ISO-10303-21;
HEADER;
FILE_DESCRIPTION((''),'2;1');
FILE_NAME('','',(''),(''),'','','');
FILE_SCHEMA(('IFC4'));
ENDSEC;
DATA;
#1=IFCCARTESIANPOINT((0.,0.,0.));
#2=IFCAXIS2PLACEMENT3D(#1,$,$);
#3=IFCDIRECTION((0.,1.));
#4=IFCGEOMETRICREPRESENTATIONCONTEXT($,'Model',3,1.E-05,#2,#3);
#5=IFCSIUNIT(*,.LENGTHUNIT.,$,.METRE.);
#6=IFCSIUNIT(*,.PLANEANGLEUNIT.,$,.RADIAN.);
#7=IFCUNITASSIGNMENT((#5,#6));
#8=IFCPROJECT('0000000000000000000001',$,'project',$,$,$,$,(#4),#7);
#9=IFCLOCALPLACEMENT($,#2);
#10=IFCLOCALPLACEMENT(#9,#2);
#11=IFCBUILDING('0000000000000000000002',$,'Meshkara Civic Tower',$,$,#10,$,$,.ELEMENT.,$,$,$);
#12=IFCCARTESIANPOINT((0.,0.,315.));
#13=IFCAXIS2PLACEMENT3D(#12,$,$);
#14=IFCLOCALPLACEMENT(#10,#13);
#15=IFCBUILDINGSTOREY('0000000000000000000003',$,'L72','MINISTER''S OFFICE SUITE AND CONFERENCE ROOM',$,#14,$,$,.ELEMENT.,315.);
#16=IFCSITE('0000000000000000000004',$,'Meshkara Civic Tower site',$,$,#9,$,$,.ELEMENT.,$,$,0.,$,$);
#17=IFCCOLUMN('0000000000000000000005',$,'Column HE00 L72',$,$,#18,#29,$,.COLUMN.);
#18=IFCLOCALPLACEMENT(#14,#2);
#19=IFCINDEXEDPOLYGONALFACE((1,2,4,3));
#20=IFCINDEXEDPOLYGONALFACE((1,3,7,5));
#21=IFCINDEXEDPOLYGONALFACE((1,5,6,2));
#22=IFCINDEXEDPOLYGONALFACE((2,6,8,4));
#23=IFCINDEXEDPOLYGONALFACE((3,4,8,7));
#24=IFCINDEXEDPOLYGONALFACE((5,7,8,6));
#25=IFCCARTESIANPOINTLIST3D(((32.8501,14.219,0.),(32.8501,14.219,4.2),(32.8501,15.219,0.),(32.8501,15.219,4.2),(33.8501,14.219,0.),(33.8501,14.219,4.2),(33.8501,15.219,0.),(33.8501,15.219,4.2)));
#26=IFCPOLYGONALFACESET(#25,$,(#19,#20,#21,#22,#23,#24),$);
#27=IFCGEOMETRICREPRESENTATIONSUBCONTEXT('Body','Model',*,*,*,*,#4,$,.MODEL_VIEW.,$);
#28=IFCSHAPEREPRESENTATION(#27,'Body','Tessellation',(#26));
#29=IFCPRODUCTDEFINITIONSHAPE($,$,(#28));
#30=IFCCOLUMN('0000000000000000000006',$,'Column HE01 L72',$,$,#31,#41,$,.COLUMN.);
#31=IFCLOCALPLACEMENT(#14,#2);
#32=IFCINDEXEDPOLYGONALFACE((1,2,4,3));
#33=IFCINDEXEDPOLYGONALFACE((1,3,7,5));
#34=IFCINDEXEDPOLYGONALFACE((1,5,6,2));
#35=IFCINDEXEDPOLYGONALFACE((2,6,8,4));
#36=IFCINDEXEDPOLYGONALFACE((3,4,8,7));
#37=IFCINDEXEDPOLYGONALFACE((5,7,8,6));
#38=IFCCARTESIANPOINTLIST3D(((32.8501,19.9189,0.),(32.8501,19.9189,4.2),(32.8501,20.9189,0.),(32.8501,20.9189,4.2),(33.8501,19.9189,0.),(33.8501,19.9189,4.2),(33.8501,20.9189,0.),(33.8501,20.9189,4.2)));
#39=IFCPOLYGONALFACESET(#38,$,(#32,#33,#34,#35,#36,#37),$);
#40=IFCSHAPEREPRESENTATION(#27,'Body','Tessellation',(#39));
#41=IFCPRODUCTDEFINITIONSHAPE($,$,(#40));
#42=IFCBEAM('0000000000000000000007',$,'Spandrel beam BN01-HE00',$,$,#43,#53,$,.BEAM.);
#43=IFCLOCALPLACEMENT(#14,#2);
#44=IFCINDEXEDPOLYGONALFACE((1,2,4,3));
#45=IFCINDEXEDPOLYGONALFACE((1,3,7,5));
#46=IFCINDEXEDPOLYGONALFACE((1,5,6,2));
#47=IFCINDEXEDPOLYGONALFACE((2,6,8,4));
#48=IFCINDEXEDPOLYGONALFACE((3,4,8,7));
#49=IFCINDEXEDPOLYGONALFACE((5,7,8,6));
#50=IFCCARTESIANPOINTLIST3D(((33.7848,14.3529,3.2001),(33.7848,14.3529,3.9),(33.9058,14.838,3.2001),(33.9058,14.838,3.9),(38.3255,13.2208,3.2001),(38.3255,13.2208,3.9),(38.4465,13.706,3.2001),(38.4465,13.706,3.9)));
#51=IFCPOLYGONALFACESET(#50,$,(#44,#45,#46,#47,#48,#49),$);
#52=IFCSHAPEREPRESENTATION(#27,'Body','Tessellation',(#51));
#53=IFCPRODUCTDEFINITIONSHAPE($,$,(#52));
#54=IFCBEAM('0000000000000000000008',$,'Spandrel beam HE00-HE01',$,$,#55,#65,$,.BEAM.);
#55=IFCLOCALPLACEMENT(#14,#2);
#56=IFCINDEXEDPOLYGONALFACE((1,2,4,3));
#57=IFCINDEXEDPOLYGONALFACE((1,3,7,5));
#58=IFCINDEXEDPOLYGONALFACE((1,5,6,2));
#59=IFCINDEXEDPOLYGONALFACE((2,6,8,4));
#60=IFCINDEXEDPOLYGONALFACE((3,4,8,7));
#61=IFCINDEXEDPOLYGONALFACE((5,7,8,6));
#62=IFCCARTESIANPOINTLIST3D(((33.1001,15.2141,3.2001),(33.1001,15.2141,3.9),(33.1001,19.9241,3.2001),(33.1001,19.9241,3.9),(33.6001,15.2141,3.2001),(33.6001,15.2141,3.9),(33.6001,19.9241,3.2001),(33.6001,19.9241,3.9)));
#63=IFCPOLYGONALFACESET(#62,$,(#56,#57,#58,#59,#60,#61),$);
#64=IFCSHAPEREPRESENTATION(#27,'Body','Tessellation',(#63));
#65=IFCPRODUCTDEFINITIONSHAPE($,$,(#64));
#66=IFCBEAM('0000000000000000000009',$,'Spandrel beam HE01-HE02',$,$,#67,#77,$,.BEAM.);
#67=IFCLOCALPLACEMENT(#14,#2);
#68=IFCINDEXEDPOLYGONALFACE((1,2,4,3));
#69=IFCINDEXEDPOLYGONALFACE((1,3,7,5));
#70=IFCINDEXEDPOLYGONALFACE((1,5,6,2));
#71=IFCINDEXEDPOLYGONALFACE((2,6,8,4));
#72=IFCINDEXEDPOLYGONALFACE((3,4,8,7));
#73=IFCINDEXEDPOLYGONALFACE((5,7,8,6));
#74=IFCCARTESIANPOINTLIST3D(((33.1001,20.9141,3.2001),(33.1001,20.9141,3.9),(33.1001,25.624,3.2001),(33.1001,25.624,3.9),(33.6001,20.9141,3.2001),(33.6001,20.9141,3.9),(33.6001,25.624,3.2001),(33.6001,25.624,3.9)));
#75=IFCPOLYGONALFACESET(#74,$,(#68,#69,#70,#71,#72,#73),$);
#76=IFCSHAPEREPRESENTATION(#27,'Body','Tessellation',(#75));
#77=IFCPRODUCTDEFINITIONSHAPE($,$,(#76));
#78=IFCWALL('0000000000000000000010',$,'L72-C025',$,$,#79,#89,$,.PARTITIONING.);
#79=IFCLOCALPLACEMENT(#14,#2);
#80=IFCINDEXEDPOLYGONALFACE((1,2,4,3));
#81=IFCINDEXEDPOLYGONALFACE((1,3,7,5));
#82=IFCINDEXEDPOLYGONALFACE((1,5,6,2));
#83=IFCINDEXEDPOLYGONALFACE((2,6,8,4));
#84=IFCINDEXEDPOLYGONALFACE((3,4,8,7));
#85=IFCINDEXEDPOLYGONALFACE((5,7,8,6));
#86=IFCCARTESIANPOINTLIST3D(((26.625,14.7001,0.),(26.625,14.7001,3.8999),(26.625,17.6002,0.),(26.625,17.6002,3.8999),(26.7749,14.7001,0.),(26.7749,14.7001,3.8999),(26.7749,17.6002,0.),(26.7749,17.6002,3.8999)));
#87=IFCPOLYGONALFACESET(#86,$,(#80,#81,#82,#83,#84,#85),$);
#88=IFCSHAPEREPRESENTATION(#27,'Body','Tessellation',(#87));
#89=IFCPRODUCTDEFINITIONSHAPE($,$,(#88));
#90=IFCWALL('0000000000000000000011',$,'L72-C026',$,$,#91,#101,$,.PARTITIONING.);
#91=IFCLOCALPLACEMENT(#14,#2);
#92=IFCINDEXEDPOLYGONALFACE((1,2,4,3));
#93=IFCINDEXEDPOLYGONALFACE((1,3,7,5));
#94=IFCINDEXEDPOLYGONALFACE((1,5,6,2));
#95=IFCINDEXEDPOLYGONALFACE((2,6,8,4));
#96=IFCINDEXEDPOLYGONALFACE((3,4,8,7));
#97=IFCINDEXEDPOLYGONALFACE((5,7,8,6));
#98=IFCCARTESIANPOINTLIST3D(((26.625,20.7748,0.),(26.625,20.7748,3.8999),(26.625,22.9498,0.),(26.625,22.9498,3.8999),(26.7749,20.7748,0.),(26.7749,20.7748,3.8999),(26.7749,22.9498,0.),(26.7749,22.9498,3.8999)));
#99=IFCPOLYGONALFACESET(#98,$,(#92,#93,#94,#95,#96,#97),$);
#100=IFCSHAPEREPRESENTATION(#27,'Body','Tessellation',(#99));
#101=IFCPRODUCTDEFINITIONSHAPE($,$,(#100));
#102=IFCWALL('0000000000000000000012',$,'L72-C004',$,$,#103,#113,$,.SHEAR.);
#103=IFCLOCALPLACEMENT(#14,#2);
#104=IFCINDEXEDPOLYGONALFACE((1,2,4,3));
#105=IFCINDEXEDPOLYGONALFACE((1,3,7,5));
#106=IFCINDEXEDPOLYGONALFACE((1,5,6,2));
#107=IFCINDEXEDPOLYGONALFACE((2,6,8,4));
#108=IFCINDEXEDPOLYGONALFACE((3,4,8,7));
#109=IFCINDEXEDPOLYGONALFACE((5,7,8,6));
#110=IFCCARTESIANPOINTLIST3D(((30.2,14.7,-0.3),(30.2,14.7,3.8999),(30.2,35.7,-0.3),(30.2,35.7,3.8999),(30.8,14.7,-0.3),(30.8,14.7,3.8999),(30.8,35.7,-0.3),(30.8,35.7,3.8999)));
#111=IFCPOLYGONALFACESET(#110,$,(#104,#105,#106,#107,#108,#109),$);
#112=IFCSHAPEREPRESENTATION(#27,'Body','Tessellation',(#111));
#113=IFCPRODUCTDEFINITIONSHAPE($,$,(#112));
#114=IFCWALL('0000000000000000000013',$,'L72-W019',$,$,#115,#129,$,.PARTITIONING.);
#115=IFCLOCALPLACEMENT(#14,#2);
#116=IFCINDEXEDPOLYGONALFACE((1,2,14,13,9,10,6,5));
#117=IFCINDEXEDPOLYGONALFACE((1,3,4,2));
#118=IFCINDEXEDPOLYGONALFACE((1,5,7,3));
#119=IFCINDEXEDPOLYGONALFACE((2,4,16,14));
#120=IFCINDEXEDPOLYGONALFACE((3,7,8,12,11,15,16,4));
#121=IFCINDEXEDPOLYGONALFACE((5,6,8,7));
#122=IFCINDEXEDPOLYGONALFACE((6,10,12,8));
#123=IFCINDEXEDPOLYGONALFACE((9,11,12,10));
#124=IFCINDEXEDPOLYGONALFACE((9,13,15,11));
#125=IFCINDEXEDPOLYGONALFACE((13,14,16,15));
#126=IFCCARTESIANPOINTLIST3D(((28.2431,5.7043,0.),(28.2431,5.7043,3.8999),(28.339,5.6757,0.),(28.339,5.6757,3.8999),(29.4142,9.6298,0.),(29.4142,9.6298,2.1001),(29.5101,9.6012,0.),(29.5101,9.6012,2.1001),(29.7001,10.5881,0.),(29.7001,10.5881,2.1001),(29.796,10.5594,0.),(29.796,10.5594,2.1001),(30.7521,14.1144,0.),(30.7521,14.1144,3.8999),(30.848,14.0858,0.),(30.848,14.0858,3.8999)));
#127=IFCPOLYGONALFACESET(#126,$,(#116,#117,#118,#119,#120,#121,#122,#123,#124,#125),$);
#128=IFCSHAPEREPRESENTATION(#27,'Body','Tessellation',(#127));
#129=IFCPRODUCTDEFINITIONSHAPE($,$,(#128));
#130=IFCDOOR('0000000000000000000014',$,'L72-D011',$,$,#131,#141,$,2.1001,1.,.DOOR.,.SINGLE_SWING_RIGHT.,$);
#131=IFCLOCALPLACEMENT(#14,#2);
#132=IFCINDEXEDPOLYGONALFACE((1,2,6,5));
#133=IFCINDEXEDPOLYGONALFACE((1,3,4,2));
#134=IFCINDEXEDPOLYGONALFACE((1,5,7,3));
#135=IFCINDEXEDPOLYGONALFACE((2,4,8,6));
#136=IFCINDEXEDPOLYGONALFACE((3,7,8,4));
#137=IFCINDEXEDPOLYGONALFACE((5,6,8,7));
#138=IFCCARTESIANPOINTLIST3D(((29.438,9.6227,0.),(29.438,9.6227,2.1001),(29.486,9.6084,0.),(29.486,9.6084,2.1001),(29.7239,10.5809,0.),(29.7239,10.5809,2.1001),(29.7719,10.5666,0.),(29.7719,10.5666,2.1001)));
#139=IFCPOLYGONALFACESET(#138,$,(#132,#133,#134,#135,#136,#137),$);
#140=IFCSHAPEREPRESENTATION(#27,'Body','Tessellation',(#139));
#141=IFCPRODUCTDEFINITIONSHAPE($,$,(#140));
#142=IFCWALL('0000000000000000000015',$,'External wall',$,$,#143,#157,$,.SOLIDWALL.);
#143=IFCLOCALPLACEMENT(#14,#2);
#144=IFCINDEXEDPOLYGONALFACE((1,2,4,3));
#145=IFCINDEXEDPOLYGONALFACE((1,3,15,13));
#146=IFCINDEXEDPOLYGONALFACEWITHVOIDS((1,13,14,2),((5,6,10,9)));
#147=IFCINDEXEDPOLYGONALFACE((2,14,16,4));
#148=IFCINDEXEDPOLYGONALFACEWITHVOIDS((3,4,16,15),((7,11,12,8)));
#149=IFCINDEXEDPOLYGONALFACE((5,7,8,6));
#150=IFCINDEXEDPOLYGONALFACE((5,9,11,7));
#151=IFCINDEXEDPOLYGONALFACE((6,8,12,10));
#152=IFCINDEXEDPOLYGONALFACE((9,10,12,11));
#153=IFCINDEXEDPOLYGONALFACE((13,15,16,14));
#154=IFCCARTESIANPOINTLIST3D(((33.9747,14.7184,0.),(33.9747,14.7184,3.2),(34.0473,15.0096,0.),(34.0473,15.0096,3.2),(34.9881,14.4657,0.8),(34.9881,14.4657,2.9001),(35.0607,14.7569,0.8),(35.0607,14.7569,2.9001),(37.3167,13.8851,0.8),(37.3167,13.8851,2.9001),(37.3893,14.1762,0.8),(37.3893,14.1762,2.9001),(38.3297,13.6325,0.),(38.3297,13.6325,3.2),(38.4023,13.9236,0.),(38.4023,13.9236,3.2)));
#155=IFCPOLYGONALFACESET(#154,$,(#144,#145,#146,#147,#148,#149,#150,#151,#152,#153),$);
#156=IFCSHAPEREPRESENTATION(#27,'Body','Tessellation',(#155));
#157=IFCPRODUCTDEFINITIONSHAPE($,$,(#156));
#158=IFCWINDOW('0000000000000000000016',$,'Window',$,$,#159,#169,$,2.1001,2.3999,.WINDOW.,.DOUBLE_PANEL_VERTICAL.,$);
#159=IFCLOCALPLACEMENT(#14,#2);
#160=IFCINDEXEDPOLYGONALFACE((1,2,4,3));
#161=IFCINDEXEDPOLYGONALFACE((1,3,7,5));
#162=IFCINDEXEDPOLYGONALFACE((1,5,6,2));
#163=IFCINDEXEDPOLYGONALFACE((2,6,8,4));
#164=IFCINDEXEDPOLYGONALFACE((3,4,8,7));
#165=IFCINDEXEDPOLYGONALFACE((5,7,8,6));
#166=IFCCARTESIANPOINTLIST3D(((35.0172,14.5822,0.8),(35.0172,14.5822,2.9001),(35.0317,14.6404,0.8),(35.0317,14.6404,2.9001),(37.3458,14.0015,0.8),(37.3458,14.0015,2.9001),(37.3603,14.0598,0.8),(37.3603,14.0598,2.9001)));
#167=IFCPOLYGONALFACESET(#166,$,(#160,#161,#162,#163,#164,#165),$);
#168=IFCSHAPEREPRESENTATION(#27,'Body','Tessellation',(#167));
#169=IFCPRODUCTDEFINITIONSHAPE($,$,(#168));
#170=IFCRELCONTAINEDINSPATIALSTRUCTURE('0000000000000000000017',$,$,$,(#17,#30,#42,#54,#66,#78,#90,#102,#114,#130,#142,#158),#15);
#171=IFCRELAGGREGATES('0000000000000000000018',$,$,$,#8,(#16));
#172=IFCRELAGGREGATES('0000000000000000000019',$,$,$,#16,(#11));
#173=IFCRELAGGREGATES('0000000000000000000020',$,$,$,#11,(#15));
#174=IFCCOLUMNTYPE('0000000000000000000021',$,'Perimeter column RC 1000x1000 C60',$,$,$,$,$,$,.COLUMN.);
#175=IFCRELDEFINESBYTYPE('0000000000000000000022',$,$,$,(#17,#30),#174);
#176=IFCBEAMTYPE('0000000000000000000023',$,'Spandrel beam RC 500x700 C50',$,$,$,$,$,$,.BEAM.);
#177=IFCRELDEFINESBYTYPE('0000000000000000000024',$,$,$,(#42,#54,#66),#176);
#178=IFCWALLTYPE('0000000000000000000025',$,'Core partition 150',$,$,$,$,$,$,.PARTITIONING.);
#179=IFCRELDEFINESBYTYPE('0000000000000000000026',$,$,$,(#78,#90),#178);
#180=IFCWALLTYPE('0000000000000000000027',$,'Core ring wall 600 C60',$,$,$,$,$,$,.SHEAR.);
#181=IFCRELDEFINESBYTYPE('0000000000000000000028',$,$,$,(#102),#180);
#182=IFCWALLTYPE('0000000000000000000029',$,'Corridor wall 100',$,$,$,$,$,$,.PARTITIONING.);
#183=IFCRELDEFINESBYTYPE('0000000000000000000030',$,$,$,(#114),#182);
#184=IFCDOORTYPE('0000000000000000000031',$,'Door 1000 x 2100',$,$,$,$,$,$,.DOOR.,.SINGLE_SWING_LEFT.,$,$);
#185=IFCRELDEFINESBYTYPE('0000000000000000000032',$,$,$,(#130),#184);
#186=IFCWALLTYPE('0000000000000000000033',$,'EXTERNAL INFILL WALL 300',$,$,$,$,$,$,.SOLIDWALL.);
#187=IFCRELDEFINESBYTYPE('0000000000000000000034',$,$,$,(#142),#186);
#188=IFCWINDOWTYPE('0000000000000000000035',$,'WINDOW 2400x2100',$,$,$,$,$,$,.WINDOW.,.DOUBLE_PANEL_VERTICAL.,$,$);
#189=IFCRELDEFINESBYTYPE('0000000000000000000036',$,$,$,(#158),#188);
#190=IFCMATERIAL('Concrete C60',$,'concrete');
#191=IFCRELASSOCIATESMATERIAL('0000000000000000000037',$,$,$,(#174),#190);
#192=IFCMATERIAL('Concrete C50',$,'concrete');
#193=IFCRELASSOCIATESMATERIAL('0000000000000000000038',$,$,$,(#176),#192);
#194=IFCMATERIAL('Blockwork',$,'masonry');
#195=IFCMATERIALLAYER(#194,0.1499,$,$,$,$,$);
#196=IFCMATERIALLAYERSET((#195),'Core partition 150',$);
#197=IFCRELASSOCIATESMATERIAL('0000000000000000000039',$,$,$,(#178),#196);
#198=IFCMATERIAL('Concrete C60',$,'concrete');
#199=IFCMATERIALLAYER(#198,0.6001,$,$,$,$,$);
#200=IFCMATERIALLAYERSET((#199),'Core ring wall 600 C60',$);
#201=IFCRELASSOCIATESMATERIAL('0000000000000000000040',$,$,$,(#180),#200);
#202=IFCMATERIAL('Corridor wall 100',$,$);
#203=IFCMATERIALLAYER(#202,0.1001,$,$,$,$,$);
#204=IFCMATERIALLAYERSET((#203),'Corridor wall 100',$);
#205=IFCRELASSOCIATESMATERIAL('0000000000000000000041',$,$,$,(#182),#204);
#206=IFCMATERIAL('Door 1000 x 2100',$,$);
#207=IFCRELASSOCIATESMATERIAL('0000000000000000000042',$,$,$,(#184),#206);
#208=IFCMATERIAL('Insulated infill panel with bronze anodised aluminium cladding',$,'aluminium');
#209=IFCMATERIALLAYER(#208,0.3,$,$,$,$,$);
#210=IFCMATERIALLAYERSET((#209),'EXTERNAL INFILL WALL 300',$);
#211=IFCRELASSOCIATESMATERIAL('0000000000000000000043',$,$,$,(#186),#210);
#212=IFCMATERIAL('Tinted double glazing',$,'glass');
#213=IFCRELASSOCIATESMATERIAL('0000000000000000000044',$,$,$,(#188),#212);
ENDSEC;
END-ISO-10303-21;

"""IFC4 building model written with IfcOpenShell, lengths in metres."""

from ifc_helpers import new_model, si_unit, direction, frame, frame_2d, origin, origin_2d, place, context, subcontext, project, spatial, rectangle, extrude, material, layer, layer_set, material_profile, profile_set, type_object, element, fill, save


model = new_model("IFC4")

# Units and contexts
model_context = context("Model", 3, precision=1e-05, world=origin(), true_north=direction((0.0, 1.0)))
body_context = subcontext(model_context, "Body", "Model", "MODEL_VIEW")
ifc_project = project(units=[si_unit("LENGTHUNIT", "METRE"), si_unit("PLANEANGLEUNIT", "RADIAN")], contexts=[model_context])

# Site, building, storey
site_placement = place(None, origin())
site = spatial("IfcSite", under=ifc_project, at=site_placement, Name="Meshkara Civic Tower site", CompositionType="ELEMENT", RefElevation=0.0)
building_placement = place(site_placement, origin())
building = spatial("IfcBuilding", under=site, at=building_placement, Name="Meshkara Civic Tower", CompositionType="ELEMENT")
storey_placement = place(building_placement, frame((0.0, 0.0, 315.0)))
storey = spatial("IfcBuildingStorey", under=building, at=storey_placement, Name="L72", Description="MINISTER'S OFFICE SUITE AND CONFERENCE ROOM", CompositionType="ELEMENT", Elevation=315.0)

# Columns
ifc_material_1 = material(Name="Concrete C60", Category="concrete")
ifc_material_profile_1 = material_profile(ifc_material_1, rectangle(XDim=1.0, YDim=1.0, at=origin_2d()))
ifc_profile_set_1 = profile_set([ifc_material_profile_1], Name="Concrete C60")
column_type = type_object("IfcColumnType", Name="Perimeter column RC 1000x1000 C60", PredefinedType="COLUMN", material=ifc_profile_set_1)
for number, where, z_axis, x_axis, name in (
    (1, (33.3501, 14.719, 0.0), (0.0, 0.0, 1.0), (1.0, 0.0, 0.0), "Column HE00 L72"),
    (2, (33.3501, 20.4189, 0.0), (0.0, 0.0, 1.0), (1.0, 0.0, 0.0), "Column HE01 L72"),
):
    element("IfcColumn", number, at=place(storey_placement, frame(where, z_axis=z_axis, x_axis=x_axis)), inside=storey, type_object=column_type, Name=name, PredefinedType="COLUMN", context=body_context, shape_type="SweptSolid", body=[
        extrude(rectangle(XDim=1.0, YDim=1.0, at=origin_2d()), origin(), (0.0, 0.0, 1.0), 4.2),
    ])

# Beams
ifc_material_2 = material(Name="Concrete C50", Category="concrete")
ifc_material_profile_2 = material_profile(ifc_material_2, rectangle(XDim=0.5, YDim=0.7, at=origin_2d()))
ifc_profile_set_2 = profile_set([ifc_material_profile_2], Name="Concrete C50")
beam_type = type_object("IfcBeamType", Name="Spandrel beam RC 500x700 C50", PredefinedType="BEAM", material=ifc_profile_set_2)
beam_placement = place(storey_placement, frame((38.386, 13.4634, 3.55), z_axis=(-0.970299, 0.24191, 0.0), x_axis=(-0.24191, -0.970299, 0.0)))
element("IfcBeam", 3, at=beam_placement, inside=storey, type_object=beam_type, Name="Spandrel beam BN01-HE00", PredefinedType="BEAM", context=body_context, shape_type="SweptSolid", body=[
    extrude(rectangle(XDim=0.5, YDim=0.7, at=origin_2d()), origin(), (0.0, 0.0, 1.0), 4.6797),
])
for number, where, z_axis, x_axis, name in (
    (4, (33.3501, 15.2141, 3.55), (0.0, 1.0, 0.0), (-1.0, 0.0, 0.0), "Spandrel beam HE00-HE01"),
    (5, (33.3501, 20.9141, 3.55), (0.0, 1.0, 0.0), (-1.0, 0.0, 0.0), "Spandrel beam HE01-HE02"),
):
    element("IfcBeam", number, at=place(storey_placement, frame(where, z_axis=z_axis, x_axis=x_axis)), inside=storey, type_object=beam_type, Name=name, PredefinedType="BEAM", context=body_context, shape_type="SweptSolid", body=[
        extrude(rectangle(XDim=0.5, YDim=0.7, at=origin_2d()), origin(), (0.0, 0.0, 1.0), 4.71),
    ])

# Walls
ifc_material_3 = material(Name="Blockwork", Category="masonry")
ifc_layer_1 = layer(ifc_material_3, 0.1499)
ifc_layer_set_1 = layer_set([ifc_layer_1], Name="Core partition 150")
wall_type_1 = type_object("IfcWallType", Name="Core partition 150", PredefinedType="PARTITIONING", material=ifc_layer_set_1)
wall_1_placement = place(storey_placement, frame((26.7, 14.7, 0.0), z_axis=(0.0, 0.0, 1.0), x_axis=(0.0, 1.0, 0.0)))
element("IfcWall", 6, at=wall_1_placement, inside=storey, type_object=wall_type_1, Name="L72-C025", PredefinedType="PARTITIONING", context=body_context, shape_type="SweptSolid", body=[
    extrude(rectangle(XDim=2.9001, YDim=0.1499, at=frame_2d((1.4502, 0.0))), origin(), (0.0, 0.0, 1.0), 3.8999),
])
wall_2_placement = place(storey_placement, frame((26.7, 20.7749, 0.0), z_axis=(0.0, 0.0, 1.0), x_axis=(0.0, 1.0, 0.0)))
element("IfcWall", 7, at=wall_2_placement, inside=storey, type_object=wall_type_1, Name="L72-C026", PredefinedType="PARTITIONING", context=body_context, shape_type="SweptSolid", body=[
    extrude(rectangle(XDim=2.175, YDim=0.1499, at=frame_2d((1.0874, 0.0))), origin(), (0.0, 0.0, 1.0), 3.8999),
])
ifc_material_4 = material(Name="Concrete C60", Category="concrete")
ifc_layer_2 = layer(ifc_material_4, 0.6001)
ifc_layer_set_2 = layer_set([ifc_layer_2], Name="Core ring wall 600 C60")
wall_type_2 = type_object("IfcWallType", Name="Core ring wall 600 C60", PredefinedType="SHEAR", material=ifc_layer_set_2)
wall_3_placement = place(storey_placement, frame((30.5, 14.7, -0.3), z_axis=(0.0, 0.0, 1.0), x_axis=(0.0, 1.0, 0.0)))
element("IfcWall", 8, at=wall_3_placement, inside=storey, type_object=wall_type_2, Name="L72-C004", PredefinedType="SHEAR", context=body_context, shape_type="SweptSolid", body=[
    extrude(rectangle(XDim=21.0, YDim=0.6001, at=frame_2d((10.5, 0.0))), origin(), (0.0, 0.0, 1.0), 4.2),
])

# Wall, opening, door
ifc_material_5 = material(Name="Corridor wall 100")
ifc_layer_3 = layer(ifc_material_5, 0.1001)
ifc_layer_set_3 = layer_set([ifc_layer_3], Name="Corridor wall 100")
wall_type_3 = type_object("IfcWallType", Name="Corridor wall 100", PredefinedType="PARTITIONING", material=ifc_layer_set_3)
wall_4_placement = place(storey_placement, frame((30.8, 14.1001, 0.0), z_axis=(0.0, 0.0, 1.0), x_axis=(-0.285883, -0.958265, 0.0)))
wall_4 = element("IfcWall", 9, at=wall_4_placement, inside=storey, type_object=wall_type_3, Name="L72-W019", PredefinedType="PARTITIONING", context=body_context, shape_type="SweptSolid", body=[
    extrude(rectangle(XDim=8.7764, YDim=0.1001, at=frame_2d((4.3882, 0.0))), origin(), (0.0, 0.0, 1.0), 3.8999),
])
opening_1_placement = place(wall_4_placement, frame((3.6799, 0.0, 0.0)))
opening_1 = element("IfcOpeningElement", 10, at=opening_1_placement, cuts=wall_4, PredefinedType="OPENING", context=body_context, shape_type="SweptSolid", body=[
    extrude(rectangle(XDim=1.0, YDim=2.1001, at=frame_2d((0.5, 1.05))), frame((0.0, 0.0601, 0.0), z_axis=(0.0, -1.0, 0.0), x_axis=(1.0, 0.0, 0.0)), (0.0, 0.0, 1.0), 0.1201),
])
ifc_material_6 = material(Name="Door 1000 x 2100")
door_type = type_object("IfcDoorType", Name="Door 1000 x 2100", OperationType="SINGLE_SWING_LEFT", PredefinedType="DOOR", material=ifc_material_6)
door_placement = place(opening_1_placement, origin())
door = element("IfcDoor", 11, at=door_placement, inside=storey, type_object=door_type, Name="L72-D011", OperationType="SINGLE_SWING_RIGHT", OverallHeight=2.1001, OverallWidth=1.0, PredefinedType="DOOR", context=body_context, shape_type="SweptSolid", body=[
    extrude(rectangle(XDim=1.0, YDim=2.1001, at=frame_2d((0.5, 1.05))), frame((0.0, 0.0249, 0.0), z_axis=(0.0, -1.0, 0.0), x_axis=(1.0, 0.0, 0.0)), (0.0, 0.0, 1.0), 0.05),
])
fill(opening_1, door)

# Wall, opening, window
ifc_material_7 = material(Name="Insulated infill panel with bronze anodised aluminium cladding", Category="aluminium")
ifc_layer_4 = layer(ifc_material_7, 0.3)
ifc_layer_set_4 = layer_set([ifc_layer_4], Name="EXTERNAL INFILL WALL 300")
wall_type_4 = type_object("IfcWallType", Name="EXTERNAL INFILL WALL 300", PredefinedType="SOLIDWALL", material=ifc_layer_set_4)
wall_5_placement = place(storey_placement, frame((38.366, 13.7781, 0.0), z_axis=(0.0, 0.0, 1.0), x_axis=(-0.97029, 0.241947, 0.0)))
wall_5 = element("IfcWall", 12, at=wall_5_placement, inside=storey, type_object=wall_type_4, Name="External wall", PredefinedType="SOLIDWALL", context=body_context, shape_type="SweptSolid", body=[
    extrude(rectangle(XDim=4.4883, YDim=0.3, at=frame_2d((2.2441, 0.0))), origin(), (0.0, 0.0, 1.0), 3.2),
])
opening_2_placement = place(wall_5_placement, frame((1.0439, 0.0, 0.8)))
opening_2 = element("IfcOpeningElement", 13, at=opening_2_placement, cuts=wall_5, PredefinedType="OPENING", context=body_context, shape_type="SweptSolid", body=[
    extrude(rectangle(XDim=2.3999, YDim=2.1001, at=frame_2d((1.2, 1.05))), frame((0.0, 0.1599, 0.0), z_axis=(0.0, -1.0, 0.0), x_axis=(1.0, 0.0, 0.0)), (0.0, 0.0, 1.0), 0.3201),
])
ifc_material_8 = material(Name="Tinted double glazing", Category="glass")
window_type = type_object("IfcWindowType", Name="WINDOW 2400x2100", PartitioningType="DOUBLE_PANEL_VERTICAL", PredefinedType="WINDOW", material=ifc_material_8)
window_1_placement = place(opening_2_placement, origin())
window_1 = element("IfcWindow", 14, at=window_1_placement, inside=storey, type_object=window_type, Name="Window", OverallHeight=2.1001, OverallWidth=2.3999, PartitioningType="DOUBLE_PANEL_VERTICAL", PredefinedType="WINDOW", context=body_context, shape_type="SweptSolid", body=[
    extrude(rectangle(XDim=2.3999, YDim=2.1001, at=frame_2d((1.2, 1.05))), frame((0.0, 0.03, 0.0), z_axis=(0.0, -1.0, 0.0), x_axis=(1.0, 0.0, 0.0)), (0.0, 0.0, 1.0), 0.0601),
])
fill(opening_2, window_1)

save(model, "model.ifc")
